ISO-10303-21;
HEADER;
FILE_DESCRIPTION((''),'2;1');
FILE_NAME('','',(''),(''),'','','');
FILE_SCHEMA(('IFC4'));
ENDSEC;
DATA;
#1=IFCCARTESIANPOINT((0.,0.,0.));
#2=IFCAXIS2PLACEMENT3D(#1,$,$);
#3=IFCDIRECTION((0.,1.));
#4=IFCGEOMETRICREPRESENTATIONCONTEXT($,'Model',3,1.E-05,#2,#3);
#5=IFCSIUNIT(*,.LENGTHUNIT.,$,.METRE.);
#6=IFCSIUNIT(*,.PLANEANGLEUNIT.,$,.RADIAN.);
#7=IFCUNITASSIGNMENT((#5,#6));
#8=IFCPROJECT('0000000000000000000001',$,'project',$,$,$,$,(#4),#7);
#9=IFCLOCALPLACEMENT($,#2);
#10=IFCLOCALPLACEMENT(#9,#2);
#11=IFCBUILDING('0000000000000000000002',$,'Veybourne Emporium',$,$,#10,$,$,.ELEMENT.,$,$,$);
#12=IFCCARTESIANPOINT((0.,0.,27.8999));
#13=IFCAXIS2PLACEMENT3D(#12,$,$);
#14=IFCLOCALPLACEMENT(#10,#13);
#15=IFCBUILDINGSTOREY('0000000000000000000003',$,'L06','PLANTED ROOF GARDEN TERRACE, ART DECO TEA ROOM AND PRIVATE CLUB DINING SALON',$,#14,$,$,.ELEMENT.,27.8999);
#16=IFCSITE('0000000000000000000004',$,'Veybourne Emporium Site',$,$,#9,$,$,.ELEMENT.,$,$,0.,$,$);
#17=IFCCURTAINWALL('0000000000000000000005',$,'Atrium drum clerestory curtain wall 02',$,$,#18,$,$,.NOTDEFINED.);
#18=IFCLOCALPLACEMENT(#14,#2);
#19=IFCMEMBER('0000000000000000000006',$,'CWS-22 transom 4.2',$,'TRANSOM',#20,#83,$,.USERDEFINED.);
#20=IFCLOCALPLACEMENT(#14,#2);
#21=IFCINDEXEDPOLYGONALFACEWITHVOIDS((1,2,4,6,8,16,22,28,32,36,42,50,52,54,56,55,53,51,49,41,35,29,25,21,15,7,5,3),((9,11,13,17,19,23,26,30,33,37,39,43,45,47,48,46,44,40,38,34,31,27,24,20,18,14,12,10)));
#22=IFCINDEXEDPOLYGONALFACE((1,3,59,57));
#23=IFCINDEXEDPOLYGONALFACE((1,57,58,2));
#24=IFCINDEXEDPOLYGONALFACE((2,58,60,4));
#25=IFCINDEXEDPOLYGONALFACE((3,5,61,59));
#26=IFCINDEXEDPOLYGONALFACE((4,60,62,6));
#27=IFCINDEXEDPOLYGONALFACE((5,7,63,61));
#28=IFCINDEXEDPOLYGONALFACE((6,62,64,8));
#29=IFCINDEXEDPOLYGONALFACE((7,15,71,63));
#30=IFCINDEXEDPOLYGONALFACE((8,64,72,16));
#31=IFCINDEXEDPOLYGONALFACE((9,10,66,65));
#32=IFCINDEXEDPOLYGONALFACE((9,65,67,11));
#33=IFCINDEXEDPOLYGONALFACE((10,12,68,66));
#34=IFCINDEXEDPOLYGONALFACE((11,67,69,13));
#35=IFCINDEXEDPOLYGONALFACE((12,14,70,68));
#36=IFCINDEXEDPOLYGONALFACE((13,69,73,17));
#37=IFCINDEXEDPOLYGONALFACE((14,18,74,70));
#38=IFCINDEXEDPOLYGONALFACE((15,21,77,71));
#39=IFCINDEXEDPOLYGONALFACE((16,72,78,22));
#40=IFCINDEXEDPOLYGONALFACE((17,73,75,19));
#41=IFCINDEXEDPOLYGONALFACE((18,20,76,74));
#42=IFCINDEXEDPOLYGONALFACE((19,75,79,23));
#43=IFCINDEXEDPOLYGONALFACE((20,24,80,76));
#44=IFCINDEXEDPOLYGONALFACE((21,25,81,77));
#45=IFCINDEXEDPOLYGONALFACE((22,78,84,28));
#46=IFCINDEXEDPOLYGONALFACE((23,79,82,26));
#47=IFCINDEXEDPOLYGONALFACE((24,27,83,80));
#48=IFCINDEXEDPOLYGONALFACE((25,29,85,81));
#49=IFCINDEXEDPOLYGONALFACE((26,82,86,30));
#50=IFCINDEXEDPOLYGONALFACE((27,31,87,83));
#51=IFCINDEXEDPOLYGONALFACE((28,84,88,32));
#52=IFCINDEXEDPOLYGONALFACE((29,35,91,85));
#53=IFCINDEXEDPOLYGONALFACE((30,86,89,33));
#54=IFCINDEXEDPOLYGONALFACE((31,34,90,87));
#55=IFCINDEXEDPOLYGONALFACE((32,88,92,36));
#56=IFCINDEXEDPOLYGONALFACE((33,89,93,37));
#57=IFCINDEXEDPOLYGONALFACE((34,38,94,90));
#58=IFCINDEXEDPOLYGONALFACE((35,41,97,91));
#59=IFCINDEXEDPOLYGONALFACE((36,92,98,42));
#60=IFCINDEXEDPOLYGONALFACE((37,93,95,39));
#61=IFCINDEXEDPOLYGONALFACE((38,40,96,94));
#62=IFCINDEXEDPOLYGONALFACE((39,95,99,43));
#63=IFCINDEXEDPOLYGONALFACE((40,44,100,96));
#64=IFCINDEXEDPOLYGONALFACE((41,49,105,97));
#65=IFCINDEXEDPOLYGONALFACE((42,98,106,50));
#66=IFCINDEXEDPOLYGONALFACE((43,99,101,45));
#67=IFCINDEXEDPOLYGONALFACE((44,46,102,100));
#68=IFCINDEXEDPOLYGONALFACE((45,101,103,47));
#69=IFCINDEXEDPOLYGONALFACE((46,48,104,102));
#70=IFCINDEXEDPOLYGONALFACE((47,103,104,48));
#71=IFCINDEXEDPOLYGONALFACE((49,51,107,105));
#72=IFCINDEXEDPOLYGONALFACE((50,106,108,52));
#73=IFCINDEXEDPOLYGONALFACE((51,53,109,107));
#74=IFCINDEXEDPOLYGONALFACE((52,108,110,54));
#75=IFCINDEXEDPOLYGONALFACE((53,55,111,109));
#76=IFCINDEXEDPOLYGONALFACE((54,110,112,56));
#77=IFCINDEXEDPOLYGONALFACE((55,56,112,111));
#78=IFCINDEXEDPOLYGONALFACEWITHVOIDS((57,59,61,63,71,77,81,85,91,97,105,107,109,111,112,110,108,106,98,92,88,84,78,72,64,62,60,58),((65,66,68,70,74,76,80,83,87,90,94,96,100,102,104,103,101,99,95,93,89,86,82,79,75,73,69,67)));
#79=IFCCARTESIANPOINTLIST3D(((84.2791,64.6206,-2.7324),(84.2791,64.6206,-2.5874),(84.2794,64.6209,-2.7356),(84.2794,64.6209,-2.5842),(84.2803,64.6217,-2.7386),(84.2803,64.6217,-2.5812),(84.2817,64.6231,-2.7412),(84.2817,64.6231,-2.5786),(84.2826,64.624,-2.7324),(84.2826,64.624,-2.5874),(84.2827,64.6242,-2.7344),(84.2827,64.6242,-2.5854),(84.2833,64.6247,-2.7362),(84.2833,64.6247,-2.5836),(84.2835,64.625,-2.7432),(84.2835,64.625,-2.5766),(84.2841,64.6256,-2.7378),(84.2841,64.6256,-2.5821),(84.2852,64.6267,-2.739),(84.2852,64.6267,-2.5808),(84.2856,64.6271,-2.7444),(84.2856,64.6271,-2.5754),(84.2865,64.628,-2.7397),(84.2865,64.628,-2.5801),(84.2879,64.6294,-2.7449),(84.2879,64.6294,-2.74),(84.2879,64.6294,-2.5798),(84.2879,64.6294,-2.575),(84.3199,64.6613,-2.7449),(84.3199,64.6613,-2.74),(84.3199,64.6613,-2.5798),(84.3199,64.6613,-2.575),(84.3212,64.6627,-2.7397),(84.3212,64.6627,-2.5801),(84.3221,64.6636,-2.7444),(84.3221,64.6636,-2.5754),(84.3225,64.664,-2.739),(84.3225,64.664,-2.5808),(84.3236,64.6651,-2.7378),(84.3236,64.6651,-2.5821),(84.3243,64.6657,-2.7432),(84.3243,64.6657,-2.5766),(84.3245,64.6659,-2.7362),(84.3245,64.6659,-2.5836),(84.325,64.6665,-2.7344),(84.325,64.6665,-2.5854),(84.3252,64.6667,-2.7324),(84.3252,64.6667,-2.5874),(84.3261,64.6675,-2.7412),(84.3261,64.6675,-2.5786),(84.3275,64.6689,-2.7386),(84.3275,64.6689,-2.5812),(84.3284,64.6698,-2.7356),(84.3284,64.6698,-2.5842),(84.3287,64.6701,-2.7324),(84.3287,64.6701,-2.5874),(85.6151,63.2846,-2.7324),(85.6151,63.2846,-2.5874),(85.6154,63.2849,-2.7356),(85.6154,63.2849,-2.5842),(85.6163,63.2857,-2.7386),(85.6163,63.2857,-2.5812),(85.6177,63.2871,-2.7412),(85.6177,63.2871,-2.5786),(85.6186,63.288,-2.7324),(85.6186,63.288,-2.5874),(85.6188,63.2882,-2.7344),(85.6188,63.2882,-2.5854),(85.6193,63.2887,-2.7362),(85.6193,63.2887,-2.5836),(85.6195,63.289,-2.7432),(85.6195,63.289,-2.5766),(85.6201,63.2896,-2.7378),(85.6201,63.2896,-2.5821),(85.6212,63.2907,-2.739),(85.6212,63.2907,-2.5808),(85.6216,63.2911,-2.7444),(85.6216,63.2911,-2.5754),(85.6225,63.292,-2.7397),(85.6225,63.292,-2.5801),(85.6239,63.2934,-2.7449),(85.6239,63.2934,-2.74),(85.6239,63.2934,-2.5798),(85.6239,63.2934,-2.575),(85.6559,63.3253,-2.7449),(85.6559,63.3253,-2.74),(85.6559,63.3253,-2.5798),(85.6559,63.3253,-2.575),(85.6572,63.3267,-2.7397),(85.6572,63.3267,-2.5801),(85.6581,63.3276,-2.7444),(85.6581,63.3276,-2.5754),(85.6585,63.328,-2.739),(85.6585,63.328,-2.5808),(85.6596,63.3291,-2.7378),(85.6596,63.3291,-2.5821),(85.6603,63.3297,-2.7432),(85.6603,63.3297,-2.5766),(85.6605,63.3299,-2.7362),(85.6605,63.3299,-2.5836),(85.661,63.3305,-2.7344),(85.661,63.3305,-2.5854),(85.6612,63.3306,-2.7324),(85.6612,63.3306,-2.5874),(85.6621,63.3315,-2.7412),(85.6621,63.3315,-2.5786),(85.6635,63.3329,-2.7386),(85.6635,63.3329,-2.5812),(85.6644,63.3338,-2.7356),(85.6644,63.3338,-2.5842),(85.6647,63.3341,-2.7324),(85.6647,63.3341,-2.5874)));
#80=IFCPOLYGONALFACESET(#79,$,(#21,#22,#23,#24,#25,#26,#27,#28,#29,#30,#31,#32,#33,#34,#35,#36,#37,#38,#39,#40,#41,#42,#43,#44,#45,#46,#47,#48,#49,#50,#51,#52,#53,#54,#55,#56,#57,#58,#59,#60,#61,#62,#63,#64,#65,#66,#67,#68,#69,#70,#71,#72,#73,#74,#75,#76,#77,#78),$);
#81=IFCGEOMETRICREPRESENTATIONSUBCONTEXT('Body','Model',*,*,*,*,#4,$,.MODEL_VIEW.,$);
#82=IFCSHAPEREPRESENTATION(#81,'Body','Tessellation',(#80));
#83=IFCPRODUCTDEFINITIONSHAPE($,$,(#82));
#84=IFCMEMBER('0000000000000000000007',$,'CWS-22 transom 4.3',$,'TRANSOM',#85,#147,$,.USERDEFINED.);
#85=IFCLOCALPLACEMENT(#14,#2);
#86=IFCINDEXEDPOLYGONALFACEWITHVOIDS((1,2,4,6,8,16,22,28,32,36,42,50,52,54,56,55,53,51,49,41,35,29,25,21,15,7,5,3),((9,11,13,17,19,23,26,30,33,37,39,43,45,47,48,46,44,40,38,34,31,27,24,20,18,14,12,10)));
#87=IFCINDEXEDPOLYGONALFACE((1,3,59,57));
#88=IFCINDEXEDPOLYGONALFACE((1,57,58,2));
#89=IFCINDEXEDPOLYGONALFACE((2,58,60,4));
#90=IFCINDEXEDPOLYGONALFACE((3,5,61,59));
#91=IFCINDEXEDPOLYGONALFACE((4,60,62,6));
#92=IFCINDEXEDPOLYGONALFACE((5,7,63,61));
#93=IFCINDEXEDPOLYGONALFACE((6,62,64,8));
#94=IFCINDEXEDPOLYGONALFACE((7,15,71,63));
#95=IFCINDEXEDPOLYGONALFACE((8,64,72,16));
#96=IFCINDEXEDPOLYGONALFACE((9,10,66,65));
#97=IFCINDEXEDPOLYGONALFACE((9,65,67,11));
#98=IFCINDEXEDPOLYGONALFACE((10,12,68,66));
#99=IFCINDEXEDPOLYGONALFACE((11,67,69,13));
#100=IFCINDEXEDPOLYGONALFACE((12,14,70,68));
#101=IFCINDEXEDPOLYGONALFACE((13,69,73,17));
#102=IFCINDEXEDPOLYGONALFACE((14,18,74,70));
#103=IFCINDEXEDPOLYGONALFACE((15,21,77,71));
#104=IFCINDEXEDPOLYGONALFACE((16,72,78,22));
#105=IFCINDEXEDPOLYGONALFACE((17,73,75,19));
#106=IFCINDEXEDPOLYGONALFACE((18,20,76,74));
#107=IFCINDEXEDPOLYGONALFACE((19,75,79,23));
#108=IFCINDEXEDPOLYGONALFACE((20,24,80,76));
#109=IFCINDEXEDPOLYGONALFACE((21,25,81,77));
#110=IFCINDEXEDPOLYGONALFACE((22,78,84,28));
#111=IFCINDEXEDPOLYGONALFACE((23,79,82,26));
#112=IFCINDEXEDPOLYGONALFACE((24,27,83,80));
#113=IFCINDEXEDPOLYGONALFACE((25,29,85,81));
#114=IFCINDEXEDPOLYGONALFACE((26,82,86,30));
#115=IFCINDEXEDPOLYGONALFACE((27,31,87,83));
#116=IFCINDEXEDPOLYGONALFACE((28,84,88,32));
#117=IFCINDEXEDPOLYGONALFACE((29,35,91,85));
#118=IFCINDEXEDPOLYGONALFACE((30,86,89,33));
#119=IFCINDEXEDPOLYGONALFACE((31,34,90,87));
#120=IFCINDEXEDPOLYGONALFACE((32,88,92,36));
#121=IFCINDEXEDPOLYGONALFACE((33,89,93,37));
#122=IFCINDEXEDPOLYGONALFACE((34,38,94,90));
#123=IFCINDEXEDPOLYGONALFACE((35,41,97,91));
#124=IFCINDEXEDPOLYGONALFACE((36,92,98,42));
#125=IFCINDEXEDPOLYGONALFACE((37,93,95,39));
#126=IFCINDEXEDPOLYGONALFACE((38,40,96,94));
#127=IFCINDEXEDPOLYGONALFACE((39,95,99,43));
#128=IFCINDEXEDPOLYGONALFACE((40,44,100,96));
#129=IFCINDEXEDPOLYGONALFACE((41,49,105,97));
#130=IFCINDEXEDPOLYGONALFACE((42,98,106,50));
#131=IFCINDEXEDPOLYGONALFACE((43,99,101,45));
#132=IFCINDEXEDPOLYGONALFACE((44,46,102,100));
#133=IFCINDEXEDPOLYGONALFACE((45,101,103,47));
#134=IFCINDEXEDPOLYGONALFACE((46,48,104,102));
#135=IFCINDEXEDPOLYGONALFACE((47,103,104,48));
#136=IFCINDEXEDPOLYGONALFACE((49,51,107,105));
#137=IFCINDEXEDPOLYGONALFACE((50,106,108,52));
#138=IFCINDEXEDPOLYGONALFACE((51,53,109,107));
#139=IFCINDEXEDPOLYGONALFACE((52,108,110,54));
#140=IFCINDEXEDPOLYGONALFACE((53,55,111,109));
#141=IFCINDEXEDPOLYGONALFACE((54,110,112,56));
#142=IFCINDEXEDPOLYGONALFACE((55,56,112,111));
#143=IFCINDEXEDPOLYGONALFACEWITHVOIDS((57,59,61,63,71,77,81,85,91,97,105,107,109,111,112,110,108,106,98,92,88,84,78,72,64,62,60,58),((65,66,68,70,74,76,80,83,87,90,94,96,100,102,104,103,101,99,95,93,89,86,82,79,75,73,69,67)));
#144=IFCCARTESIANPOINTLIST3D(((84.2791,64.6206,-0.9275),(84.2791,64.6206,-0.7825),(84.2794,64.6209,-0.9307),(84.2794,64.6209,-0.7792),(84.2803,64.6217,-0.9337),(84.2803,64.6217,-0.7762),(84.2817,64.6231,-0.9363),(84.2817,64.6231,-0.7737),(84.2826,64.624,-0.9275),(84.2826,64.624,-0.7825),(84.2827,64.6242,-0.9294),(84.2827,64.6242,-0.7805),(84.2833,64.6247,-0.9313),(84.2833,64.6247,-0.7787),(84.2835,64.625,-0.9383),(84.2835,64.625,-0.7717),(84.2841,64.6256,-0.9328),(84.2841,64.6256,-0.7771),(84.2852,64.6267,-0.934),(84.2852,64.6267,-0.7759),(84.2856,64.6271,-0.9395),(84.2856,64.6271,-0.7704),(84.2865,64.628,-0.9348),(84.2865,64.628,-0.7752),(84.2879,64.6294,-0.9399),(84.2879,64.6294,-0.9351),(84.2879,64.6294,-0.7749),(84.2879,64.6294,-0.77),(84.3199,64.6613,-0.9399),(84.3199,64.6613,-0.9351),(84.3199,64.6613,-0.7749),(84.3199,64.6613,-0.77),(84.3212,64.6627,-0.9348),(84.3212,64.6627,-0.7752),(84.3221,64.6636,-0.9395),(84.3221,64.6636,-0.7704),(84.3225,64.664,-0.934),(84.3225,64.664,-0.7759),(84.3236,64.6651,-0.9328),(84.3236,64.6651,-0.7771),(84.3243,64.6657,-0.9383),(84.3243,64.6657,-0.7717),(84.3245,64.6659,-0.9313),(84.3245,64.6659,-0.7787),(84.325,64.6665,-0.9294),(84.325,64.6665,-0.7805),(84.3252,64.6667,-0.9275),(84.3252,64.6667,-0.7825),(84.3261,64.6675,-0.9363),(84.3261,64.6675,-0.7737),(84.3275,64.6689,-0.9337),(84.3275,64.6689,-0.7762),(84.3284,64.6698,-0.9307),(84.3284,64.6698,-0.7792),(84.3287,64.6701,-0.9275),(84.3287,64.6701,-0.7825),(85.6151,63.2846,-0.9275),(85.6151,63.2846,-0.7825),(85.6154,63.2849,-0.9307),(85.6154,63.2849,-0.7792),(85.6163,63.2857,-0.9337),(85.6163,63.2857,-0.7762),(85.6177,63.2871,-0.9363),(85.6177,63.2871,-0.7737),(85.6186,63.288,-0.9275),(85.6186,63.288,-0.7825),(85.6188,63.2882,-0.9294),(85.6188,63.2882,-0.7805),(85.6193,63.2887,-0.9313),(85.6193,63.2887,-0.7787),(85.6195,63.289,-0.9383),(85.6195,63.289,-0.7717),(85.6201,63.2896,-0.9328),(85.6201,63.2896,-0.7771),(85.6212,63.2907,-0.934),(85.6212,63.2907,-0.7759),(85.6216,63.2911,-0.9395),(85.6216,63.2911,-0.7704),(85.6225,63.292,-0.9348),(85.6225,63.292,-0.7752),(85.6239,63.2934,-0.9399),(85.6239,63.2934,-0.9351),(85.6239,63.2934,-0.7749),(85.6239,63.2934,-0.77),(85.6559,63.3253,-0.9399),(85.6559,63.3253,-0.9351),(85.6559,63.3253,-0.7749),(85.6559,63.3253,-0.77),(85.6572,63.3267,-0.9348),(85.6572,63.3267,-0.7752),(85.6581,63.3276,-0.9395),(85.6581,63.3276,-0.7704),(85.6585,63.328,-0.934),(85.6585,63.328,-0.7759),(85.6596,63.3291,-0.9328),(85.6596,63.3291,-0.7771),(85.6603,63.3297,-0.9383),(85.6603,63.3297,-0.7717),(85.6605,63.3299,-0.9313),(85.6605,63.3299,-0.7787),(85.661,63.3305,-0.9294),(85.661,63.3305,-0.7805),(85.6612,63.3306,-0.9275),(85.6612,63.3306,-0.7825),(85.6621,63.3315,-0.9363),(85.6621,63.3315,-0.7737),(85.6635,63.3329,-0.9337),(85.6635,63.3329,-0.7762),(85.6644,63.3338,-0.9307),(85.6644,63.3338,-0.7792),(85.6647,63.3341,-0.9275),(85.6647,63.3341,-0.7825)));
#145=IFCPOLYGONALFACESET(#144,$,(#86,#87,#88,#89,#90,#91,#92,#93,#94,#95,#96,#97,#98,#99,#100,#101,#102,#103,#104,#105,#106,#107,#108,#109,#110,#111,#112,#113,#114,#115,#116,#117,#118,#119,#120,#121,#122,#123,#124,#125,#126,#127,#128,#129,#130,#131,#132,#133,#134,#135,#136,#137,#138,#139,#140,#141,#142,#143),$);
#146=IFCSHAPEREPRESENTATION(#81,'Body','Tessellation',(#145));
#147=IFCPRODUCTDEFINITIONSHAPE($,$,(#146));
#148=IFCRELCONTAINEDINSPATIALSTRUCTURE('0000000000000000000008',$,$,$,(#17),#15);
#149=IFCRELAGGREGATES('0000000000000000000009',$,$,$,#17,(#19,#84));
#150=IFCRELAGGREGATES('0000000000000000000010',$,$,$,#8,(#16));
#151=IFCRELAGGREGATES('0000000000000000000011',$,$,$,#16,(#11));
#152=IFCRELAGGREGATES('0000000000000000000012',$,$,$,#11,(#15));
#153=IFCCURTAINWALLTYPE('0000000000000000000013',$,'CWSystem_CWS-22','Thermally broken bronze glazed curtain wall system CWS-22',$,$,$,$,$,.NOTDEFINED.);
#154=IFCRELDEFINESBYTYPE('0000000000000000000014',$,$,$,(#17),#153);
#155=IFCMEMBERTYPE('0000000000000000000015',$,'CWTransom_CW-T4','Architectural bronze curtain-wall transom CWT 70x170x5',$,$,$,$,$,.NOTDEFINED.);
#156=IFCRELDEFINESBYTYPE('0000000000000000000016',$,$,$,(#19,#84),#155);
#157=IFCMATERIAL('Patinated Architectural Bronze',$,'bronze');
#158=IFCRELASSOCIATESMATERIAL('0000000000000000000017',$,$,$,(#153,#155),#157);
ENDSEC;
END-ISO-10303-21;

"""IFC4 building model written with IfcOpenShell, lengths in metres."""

from ifc_helpers import new_model, si_unit, direction, frame, origin, origin_2d, place, context, subcontext, project, spatial, hollow_rectangle, extrude, material, material_profile, profile_set, type_object, element, aggregate, save


model = new_model("IFC4")

# Units and contexts
model_context = context("Model", 3, precision=1e-05, world=origin(), true_north=direction((0.0, 1.0)))
body_context = subcontext(model_context, "Body", "Model", "MODEL_VIEW")
ifc_project = project(units=[si_unit("LENGTHUNIT", "METRE"), si_unit("PLANEANGLEUNIT", "RADIAN")], contexts=[model_context])

# Site, building, storey
site_placement = place(None, origin())
site = spatial("IfcSite", under=ifc_project, at=site_placement, Name="Veybourne Emporium Site", CompositionType="ELEMENT", RefElevation=0.0)
building_placement = place(site_placement, origin())
building = spatial("IfcBuilding", under=site, at=building_placement, Name="Veybourne Emporium", CompositionType="ELEMENT")
storey_placement = place(building_placement, frame((0.0, 0.0, 27.8999)))
storey = spatial("IfcBuildingStorey", under=building, at=storey_placement, Name="L06", Description="PLANTED ROOF GARDEN TERRACE, ART DECO TEA ROOM AND PRIVATE CLUB DINING SALON", CompositionType="ELEMENT", Elevation=27.8999)

# Curtain wall
ifc_material_1 = material(Name="Patinated Architectural Bronze", Category="bronze")
curtain_wall_type_1 = type_object("IfcCurtainWallType", Name="CWSystem_CWS-22", Description="Thermally broken bronze glazed curtain wall system CWS-22", PredefinedType="NOTDEFINED", material=ifc_material_1)
curtain_wall_1_placement = place(storey_placement, origin())
curtain_wall_1 = element("IfcCurtainWall", 1, at=curtain_wall_1_placement, inside=storey, type_object=curtain_wall_type_1, Name="Atrium drum clerestory curtain wall 02", PredefinedType="NOTDEFINED")

# Members
ifc_material_profile_1 = material_profile(ifc_material_1, hollow_rectangle(XDim=0.0701, YDim=0.1699, WallThickness=0.0049, InnerFilletRadius=0.0076, OuterFilletRadius=0.0125, at=origin_2d()), Name="CWT 70x170x5")
ifc_profile_set_1 = profile_set([ifc_material_profile_1], Name="Patinated Architectural Bronze")
member_type_1 = type_object("IfcMemberType", Name="CWTransom_CW-T4", Description="Architectural bronze curtain-wall transom CWT 70x170x5", PredefinedType="NOTDEFINED", material=ifc_profile_set_1)
member_1_placement = place(storey_placement, frame((85.6399, 63.3093, -2.6599), z_axis=(-0.707107, 0.707107, 0.0), x_axis=(-0.707107, -0.707107, 0.0)))
member_1 = element("IfcMember", 2, at=member_1_placement, type_object=member_type_1, Name="CWS-22 transom 4.2", ObjectType="TRANSOM", PredefinedType="USERDEFINED", context=body_context, shape_type="SweptSolid", body=[
    extrude(hollow_rectangle(XDim=0.0701, YDim=0.1699, WallThickness=0.0049, InnerFilletRadius=0.0076, OuterFilletRadius=0.0125, at=origin_2d()), origin(), (0.0, 0.0, 1.0), 1.8894),
])
member_2_placement = place(storey_placement, frame((85.6399, 63.3093, -0.855), z_axis=(-0.707107, 0.707107, 0.0), x_axis=(-0.707107, -0.707107, 0.0)))
member_2 = element("IfcMember", 3, at=member_2_placement, type_object=member_type_1, Name="CWS-22 transom 4.3", ObjectType="TRANSOM", PredefinedType="USERDEFINED", context=body_context, shape_type="SweptSolid", body=[
    extrude(hollow_rectangle(XDim=0.0701, YDim=0.1699, WallThickness=0.0049, InnerFilletRadius=0.0076, OuterFilletRadius=0.0125, at=origin_2d()), origin(), (0.0, 0.0, 1.0), 1.8894),
])

aggregate(curtain_wall_1, [member_1, member_2])

save(model, "model.ifc")
